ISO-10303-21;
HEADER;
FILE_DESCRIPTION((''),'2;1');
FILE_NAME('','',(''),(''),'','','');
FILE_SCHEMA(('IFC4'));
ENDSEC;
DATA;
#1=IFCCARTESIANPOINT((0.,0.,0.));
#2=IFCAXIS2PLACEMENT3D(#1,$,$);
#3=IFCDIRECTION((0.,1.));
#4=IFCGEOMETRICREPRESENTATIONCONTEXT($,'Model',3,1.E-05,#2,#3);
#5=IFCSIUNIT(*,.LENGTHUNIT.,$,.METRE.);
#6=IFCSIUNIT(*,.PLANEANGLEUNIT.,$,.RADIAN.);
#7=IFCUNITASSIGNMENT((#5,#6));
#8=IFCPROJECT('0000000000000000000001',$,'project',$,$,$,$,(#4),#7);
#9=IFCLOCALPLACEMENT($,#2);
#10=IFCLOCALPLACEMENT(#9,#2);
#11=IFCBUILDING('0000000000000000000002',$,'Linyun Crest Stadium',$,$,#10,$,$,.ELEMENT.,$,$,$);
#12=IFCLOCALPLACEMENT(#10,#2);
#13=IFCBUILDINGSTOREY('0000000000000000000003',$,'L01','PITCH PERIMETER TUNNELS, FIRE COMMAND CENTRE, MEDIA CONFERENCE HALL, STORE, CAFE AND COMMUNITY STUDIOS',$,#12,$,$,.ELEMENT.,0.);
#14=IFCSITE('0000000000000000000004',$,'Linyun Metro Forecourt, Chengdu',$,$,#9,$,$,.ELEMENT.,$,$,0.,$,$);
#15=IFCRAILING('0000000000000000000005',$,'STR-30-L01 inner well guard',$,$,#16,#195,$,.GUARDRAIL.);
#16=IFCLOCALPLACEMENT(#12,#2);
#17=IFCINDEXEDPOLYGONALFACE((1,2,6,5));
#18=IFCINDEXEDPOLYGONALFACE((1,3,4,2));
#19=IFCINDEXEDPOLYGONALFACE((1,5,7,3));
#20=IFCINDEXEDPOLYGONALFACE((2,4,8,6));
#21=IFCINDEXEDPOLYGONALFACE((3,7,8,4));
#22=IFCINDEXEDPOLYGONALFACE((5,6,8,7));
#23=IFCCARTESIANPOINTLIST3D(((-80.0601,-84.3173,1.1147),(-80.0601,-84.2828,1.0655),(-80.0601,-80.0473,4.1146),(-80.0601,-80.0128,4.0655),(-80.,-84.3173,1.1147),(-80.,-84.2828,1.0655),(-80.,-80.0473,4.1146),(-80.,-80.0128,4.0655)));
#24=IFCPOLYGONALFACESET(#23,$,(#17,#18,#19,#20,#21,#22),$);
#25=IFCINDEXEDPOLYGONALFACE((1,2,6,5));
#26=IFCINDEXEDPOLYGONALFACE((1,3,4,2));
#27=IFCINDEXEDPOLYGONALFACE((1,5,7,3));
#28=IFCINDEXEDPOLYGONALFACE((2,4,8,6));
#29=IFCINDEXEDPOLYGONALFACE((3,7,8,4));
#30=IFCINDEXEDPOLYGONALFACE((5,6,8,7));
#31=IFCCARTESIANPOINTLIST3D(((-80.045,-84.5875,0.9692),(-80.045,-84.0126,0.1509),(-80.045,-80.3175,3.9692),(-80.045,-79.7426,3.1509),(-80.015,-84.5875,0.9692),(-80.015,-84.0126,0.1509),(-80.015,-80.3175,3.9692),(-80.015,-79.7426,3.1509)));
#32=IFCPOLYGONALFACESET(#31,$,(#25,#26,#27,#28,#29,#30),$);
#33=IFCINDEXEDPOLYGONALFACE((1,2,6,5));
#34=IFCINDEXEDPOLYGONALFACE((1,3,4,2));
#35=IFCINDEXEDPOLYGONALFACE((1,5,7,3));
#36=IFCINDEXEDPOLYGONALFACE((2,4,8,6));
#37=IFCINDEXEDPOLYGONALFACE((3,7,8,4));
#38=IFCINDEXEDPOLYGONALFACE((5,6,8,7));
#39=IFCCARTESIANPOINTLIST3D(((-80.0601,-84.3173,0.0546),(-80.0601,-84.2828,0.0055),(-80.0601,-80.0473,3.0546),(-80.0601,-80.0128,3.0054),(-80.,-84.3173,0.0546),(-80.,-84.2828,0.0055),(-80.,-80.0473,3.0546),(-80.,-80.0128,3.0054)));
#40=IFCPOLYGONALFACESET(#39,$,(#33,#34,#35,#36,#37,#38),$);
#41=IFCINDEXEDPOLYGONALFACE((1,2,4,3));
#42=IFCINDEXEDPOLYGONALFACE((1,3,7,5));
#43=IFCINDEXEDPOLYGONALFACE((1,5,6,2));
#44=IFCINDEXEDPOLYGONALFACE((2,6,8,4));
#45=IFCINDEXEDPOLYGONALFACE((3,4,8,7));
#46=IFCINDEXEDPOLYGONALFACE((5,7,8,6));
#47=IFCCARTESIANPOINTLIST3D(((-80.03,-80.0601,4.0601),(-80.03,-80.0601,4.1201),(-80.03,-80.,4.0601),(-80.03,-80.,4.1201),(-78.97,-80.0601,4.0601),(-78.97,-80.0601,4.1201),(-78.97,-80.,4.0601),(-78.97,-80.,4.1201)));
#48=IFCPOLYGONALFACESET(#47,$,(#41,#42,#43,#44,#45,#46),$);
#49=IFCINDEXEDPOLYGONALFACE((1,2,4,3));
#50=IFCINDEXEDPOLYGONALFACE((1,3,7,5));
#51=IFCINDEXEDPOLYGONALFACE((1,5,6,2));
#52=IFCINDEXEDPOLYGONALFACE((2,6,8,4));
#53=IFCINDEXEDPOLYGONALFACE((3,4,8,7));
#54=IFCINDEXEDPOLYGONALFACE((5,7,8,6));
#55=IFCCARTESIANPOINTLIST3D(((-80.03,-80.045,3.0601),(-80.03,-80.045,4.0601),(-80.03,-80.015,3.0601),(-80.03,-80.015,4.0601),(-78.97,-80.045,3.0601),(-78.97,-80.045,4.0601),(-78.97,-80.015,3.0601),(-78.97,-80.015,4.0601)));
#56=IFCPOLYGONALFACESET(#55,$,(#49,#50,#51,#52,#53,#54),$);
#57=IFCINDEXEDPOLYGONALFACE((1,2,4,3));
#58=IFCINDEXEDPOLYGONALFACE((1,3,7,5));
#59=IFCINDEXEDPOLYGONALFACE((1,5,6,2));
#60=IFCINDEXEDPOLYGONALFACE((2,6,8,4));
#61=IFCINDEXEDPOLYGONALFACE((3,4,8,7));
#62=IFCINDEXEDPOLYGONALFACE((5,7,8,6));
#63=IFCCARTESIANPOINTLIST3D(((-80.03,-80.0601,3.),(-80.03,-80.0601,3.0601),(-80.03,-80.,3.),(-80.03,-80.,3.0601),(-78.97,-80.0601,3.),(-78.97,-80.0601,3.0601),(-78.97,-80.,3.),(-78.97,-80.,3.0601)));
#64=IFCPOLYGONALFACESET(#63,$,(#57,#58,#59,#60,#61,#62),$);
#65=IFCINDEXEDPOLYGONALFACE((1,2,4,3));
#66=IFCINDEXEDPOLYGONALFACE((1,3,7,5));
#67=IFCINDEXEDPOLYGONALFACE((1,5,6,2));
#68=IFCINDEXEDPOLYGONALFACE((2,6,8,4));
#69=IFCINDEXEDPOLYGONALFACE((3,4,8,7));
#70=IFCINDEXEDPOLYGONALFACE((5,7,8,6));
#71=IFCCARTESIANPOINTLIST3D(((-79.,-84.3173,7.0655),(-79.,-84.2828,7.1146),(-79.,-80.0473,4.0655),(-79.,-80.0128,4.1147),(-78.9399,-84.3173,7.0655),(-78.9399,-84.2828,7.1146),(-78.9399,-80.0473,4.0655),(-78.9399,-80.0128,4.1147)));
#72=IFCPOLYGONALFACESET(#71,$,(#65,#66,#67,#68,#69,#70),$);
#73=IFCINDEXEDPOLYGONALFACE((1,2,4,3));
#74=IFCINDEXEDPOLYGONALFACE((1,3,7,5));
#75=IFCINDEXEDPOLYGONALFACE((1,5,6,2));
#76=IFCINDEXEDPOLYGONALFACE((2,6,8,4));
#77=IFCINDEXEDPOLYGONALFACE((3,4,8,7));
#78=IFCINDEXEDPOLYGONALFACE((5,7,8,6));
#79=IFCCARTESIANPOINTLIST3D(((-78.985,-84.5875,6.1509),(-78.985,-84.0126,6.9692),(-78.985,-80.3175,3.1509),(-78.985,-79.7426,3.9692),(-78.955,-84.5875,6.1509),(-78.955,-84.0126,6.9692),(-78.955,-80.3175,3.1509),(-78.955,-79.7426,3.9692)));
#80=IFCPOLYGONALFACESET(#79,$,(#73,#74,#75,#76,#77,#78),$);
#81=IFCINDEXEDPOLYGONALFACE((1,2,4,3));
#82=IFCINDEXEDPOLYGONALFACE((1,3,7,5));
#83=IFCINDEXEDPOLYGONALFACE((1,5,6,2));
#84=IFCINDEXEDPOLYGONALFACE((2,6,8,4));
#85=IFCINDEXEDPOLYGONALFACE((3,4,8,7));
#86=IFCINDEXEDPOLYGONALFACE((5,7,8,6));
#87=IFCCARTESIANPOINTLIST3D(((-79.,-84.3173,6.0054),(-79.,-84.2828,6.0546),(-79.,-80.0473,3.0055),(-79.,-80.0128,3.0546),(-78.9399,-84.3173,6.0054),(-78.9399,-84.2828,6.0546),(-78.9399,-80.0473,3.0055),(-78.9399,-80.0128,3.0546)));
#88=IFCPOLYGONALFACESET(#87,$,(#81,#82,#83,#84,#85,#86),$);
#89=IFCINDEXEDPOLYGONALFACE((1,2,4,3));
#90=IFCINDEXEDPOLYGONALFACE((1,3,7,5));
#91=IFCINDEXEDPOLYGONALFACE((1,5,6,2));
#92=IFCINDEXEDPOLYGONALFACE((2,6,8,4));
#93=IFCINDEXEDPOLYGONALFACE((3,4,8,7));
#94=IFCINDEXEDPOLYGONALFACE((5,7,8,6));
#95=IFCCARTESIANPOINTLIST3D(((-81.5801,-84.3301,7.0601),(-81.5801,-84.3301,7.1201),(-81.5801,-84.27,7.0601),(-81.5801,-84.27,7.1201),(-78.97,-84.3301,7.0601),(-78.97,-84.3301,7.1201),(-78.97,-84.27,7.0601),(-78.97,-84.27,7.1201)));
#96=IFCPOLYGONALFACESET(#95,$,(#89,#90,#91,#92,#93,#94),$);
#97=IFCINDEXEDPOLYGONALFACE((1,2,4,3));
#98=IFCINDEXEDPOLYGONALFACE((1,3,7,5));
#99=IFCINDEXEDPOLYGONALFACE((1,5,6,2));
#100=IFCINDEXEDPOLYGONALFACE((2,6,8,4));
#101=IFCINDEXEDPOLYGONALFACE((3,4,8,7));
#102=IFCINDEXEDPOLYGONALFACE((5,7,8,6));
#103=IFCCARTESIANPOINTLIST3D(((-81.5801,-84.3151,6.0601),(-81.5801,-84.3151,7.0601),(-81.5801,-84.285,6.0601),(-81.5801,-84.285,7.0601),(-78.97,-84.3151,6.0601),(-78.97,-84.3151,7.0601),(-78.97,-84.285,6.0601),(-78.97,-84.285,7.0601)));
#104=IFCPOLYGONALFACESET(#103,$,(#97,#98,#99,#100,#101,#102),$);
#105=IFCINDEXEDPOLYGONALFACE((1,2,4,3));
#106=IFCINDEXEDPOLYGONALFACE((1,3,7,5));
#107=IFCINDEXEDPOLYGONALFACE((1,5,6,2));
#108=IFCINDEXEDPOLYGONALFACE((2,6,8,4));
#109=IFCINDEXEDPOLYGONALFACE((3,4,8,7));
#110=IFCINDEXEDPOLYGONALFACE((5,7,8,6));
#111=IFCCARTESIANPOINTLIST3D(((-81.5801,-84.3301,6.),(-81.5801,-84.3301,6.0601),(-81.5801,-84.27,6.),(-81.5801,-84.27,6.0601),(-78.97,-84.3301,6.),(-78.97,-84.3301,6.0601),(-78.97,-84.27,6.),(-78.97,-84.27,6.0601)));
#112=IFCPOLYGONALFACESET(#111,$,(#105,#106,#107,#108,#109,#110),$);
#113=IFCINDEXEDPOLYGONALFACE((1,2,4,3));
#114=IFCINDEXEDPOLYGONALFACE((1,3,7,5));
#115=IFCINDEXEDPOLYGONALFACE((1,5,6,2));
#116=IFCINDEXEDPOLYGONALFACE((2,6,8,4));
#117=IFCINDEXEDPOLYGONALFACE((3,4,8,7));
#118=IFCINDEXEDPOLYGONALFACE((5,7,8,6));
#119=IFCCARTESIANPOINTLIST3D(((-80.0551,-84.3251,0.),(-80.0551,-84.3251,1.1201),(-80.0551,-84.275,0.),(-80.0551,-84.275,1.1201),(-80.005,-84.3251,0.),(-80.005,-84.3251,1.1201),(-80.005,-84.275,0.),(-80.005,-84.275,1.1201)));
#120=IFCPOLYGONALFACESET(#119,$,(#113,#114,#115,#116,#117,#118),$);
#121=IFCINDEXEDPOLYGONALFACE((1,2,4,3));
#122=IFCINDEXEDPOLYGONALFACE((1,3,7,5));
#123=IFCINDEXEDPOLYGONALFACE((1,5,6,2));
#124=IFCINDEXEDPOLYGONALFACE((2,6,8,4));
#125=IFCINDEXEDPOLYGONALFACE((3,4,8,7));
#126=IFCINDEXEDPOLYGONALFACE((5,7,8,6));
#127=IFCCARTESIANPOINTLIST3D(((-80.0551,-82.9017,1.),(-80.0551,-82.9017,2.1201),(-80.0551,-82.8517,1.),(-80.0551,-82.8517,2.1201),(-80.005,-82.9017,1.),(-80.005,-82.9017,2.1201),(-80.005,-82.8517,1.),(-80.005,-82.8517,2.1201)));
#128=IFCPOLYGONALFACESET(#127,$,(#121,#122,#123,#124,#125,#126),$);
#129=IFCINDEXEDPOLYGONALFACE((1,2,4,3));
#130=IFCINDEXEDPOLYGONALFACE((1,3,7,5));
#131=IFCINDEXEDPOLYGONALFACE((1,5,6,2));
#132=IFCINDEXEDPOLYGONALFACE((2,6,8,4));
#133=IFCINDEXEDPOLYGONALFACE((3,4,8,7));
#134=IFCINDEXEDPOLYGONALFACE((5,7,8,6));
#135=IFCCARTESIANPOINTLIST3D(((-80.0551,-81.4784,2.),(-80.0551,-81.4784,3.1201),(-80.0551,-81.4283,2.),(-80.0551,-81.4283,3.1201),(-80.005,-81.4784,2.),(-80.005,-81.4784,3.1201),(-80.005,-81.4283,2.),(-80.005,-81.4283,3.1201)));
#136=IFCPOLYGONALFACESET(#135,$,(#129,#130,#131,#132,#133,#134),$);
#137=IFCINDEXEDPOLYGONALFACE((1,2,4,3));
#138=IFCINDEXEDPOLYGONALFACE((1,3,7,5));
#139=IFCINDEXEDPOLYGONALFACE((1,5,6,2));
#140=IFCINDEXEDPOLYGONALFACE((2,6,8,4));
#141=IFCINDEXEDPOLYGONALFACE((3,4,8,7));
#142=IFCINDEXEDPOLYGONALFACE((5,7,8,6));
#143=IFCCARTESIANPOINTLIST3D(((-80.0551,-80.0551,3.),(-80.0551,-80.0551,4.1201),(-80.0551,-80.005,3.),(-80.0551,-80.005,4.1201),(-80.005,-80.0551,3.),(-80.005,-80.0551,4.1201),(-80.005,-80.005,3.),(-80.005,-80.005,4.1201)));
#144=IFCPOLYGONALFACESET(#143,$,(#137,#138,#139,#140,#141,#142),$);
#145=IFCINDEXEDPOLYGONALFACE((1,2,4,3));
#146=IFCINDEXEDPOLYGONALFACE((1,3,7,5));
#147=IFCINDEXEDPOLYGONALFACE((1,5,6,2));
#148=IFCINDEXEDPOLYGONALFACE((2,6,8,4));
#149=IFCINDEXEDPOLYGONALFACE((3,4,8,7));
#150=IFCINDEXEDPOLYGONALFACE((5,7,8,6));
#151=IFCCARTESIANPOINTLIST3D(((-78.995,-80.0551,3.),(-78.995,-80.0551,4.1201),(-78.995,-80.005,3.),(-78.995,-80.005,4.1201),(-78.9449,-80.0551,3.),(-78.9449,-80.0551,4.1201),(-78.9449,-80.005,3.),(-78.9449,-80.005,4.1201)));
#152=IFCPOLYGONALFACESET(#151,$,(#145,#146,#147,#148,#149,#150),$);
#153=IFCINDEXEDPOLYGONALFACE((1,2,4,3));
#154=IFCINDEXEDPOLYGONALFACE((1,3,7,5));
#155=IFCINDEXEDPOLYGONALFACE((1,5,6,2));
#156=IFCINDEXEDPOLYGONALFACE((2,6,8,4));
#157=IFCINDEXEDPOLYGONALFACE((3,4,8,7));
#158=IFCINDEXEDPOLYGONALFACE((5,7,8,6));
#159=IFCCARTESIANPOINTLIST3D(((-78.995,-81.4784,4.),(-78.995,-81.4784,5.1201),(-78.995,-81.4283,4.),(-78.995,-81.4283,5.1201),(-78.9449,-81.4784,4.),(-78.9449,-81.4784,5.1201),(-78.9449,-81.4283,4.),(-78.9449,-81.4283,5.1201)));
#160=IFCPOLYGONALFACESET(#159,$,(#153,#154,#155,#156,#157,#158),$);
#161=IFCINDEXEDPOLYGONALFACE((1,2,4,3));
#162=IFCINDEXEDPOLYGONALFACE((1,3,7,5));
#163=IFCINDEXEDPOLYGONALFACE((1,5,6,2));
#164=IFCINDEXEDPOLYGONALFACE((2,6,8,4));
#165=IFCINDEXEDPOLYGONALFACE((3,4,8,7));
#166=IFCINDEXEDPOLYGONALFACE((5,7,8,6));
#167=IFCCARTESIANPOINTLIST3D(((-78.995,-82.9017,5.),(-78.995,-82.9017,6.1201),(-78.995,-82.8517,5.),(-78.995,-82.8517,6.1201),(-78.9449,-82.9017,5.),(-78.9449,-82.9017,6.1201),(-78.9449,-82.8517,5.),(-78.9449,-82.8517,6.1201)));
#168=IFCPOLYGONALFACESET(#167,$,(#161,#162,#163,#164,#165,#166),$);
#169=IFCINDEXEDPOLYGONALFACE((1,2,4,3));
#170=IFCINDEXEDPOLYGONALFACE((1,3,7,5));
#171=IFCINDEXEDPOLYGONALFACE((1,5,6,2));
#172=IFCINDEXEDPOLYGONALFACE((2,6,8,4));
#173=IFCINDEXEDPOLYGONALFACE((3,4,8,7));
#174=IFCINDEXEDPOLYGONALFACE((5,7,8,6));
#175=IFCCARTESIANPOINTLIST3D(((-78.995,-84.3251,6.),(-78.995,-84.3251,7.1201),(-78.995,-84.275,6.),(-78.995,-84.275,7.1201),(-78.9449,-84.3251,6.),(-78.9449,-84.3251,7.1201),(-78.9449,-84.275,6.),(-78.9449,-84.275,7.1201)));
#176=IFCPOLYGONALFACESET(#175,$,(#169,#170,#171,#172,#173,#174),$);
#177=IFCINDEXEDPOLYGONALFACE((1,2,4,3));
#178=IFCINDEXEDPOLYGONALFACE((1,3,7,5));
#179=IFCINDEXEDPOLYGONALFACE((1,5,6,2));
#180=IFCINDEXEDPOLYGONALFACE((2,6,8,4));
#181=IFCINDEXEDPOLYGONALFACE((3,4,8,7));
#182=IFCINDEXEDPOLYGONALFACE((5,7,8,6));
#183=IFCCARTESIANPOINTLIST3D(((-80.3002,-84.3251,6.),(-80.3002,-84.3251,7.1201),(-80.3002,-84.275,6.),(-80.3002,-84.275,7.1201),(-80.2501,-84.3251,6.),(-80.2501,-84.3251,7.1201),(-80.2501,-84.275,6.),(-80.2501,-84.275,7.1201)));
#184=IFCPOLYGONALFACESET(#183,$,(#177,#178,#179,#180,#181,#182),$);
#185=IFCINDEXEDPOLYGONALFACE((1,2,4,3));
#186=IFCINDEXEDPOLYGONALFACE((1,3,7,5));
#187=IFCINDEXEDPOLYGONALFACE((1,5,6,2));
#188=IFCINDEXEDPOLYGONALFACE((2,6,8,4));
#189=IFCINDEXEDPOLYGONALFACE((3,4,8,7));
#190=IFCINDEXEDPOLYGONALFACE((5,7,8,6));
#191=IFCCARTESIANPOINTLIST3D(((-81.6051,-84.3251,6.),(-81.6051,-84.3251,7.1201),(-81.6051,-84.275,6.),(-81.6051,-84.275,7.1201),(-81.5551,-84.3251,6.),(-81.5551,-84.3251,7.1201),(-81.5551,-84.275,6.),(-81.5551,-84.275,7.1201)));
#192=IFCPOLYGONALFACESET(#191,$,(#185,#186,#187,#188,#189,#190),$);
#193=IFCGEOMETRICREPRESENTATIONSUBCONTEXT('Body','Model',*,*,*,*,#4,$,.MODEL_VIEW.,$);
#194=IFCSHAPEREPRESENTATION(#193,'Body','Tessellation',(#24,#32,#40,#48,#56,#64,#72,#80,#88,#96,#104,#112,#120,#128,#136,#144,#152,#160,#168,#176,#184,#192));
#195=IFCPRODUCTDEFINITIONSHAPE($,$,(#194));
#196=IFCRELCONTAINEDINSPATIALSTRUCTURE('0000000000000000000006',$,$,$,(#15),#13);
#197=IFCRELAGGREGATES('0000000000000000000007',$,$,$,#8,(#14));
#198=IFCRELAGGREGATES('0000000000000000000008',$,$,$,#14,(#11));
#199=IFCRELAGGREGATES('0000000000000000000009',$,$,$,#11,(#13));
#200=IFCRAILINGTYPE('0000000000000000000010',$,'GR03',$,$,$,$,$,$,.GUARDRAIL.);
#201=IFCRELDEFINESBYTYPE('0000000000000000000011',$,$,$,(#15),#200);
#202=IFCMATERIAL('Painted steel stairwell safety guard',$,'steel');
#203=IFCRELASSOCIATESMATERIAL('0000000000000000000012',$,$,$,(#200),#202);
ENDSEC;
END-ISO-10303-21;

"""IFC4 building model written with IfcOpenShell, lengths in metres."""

from ifc_helpers import new_model, si_unit, direction, frame, origin, origin_2d, place, context, subcontext, project, spatial, rectangle, extrude, material, type_object, element, save


model = new_model("IFC4")

# Units and contexts
model_context = context("Model", 3, precision=1e-05, world=origin(), true_north=direction((0.0, 1.0)))
body_context = subcontext(model_context, "Body", "Model", "MODEL_VIEW")
ifc_project = project(units=[si_unit("LENGTHUNIT", "METRE"), si_unit("PLANEANGLEUNIT", "RADIAN")], contexts=[model_context])

# Site, building, storey
site_placement = place(None, origin())
site = spatial("IfcSite", under=ifc_project, at=site_placement, Name="Linyun Metro Forecourt, Chengdu", CompositionType="ELEMENT", RefElevation=0.0)
building_placement = place(site_placement, origin())
building = spatial("IfcBuilding", under=site, at=building_placement, Name="Linyun Crest Stadium", CompositionType="ELEMENT")
storey_placement = place(building_placement, origin())
storey = spatial("IfcBuildingStorey", under=building, at=storey_placement, Name="L01", Description="PITCH PERIMETER TUNNELS, FIRE COMMAND CENTRE, MEDIA CONFERENCE HALL, STORE, CAFE AND COMMUNITY STUDIOS", CompositionType="ELEMENT", Elevation=0.0)

# Railing
ifc_material_1 = material(Name="Painted steel stairwell safety guard", Category="steel")
railing_type_1 = type_object("IfcRailingType", Name="GR03", PredefinedType="GUARDRAIL", material=ifc_material_1)
railing_1_placement = place(storey_placement, frame((-80.03, -84.3, 0.0)))
element("IfcRailing", 1, at=railing_1_placement, inside=storey, type_object=railing_type_1, Name="STR-30-L01 inner well guard", PredefinedType="GUARDRAIL", context=body_context, shape_type="SweptSolid", body=[
    extrude(rectangle(XDim=0.0601, YDim=0.0601, at=origin_2d()), frame((0.0, 0.0, 1.0901), z_axis=(0.0, 0.818242, 0.574874), x_axis=(-1.0, 0.0, 0.0)), (0.0, 0.0, 1.0), 5.2185),
    extrude(rectangle(XDim=0.03, YDim=1.0, at=origin_2d()), frame((0.0, 0.0, 0.5601), z_axis=(0.0, 0.818242, 0.574874), x_axis=(-1.0, 0.0, 0.0)), (0.0, 0.0, 1.0), 5.2185),
    extrude(rectangle(XDim=0.0601, YDim=0.0601, at=origin_2d()), frame((0.0, 0.0, 0.03), z_axis=(0.0, 0.818242, 0.574874), x_axis=(-1.0, 0.0, 0.0)), (0.0, 0.0, 1.0), 5.2185),
    extrude(rectangle(XDim=0.0601, YDim=0.0601, at=origin_2d()), frame((0.0, 4.27, 4.0901), z_axis=(1.0, 0.0, 0.0), x_axis=(0.0, 1.0, 0.0)), (0.0, 0.0, 1.0), 1.0601),
    extrude(rectangle(XDim=0.03, YDim=1.0, at=origin_2d()), frame((0.0, 4.27, 3.5601), z_axis=(1.0, 0.0, 0.0), x_axis=(0.0, 1.0, 0.0)), (0.0, 0.0, 1.0), 1.0601),
    extrude(rectangle(XDim=0.0601, YDim=0.0601, at=origin_2d()), frame((0.0, 4.27, 3.03), z_axis=(1.0, 0.0, 0.0), x_axis=(0.0, 1.0, 0.0)), (0.0, 0.0, 1.0), 1.0601),
    extrude(rectangle(XDim=0.0601, YDim=0.0601, at=origin_2d()), frame((1.0601, 4.27, 4.0901), z_axis=(0.0, -0.818242, 0.574874), x_axis=(1.0, 0.0, 0.0)), (0.0, 0.0, 1.0), 5.2185),
    extrude(rectangle(XDim=0.03, YDim=1.0, at=origin_2d()), frame((1.0601, 4.27, 3.5601), z_axis=(0.0, -0.818242, 0.574874), x_axis=(1.0, 0.0, 0.0)), (0.0, 0.0, 1.0), 5.2185),
    extrude(rectangle(XDim=0.0601, YDim=0.0601, at=origin_2d()), frame((1.0601, 4.27, 3.03), z_axis=(0.0, -0.818242, 0.574874), x_axis=(1.0, 0.0, 0.0)), (0.0, 0.0, 1.0), 5.2185),
    extrude(rectangle(XDim=0.0601, YDim=0.0601, at=origin_2d()), frame((1.0601, 0.0, 7.0901), z_axis=(-1.0, 0.0, 0.0), x_axis=(0.0, -1.0, 0.0)), (0.0, 0.0, 1.0), 2.6101),
    extrude(rectangle(XDim=0.03, YDim=1.0, at=origin_2d()), frame((1.0601, 0.0, 6.5601), z_axis=(-1.0, 0.0, 0.0), x_axis=(0.0, -1.0, 0.0)), (0.0, 0.0, 1.0), 2.6101),
    extrude(rectangle(XDim=0.0601, YDim=0.0601, at=origin_2d()), frame((1.0601, 0.0, 6.03), z_axis=(-1.0, 0.0, 0.0), x_axis=(0.0, -1.0, 0.0)), (0.0, 0.0, 1.0), 2.6101),
    extrude(rectangle(XDim=0.05, YDim=0.05, at=origin_2d()), origin(), (0.0, 0.0, 1.0), 1.1201),
    extrude(rectangle(XDim=0.05, YDim=0.05, at=origin_2d()), frame((0.0, 1.4233, 1.0)), (0.0, 0.0, 1.0), 1.1201),
    extrude(rectangle(XDim=0.05, YDim=0.05, at=origin_2d()), frame((0.0, 2.8467, 2.0)), (0.0, 0.0, 1.0), 1.1201),
    extrude(rectangle(XDim=0.05, YDim=0.05, at=origin_2d()), frame((0.0, 4.27, 3.0)), (0.0, 0.0, 1.0), 1.1201),
    extrude(rectangle(XDim=0.05, YDim=0.05, at=origin_2d()), frame((1.0601, 4.27, 3.0)), (0.0, 0.0, 1.0), 1.1201),
    extrude(rectangle(XDim=0.05, YDim=0.05, at=origin_2d()), frame((1.0601, 2.8467, 4.0)), (0.0, 0.0, 1.0), 1.1201),
    extrude(rectangle(XDim=0.05, YDim=0.05, at=origin_2d()), frame((1.0601, 1.4233, 5.0)), (0.0, 0.0, 1.0), 1.1201),
    extrude(rectangle(XDim=0.05, YDim=0.05, at=origin_2d()), frame((1.0601, 0.0, 6.0)), (0.0, 0.0, 1.0), 1.1201),
    extrude(rectangle(XDim=0.05, YDim=0.05, at=origin_2d()), frame((-0.2451, 0.0, 6.0)), (0.0, 0.0, 1.0), 1.1201),
    extrude(rectangle(XDim=0.05, YDim=0.05, at=origin_2d()), frame((-1.55, 0.0, 6.0)), (0.0, 0.0, 1.0), 1.1201),
])

save(model, "model.ifc")
